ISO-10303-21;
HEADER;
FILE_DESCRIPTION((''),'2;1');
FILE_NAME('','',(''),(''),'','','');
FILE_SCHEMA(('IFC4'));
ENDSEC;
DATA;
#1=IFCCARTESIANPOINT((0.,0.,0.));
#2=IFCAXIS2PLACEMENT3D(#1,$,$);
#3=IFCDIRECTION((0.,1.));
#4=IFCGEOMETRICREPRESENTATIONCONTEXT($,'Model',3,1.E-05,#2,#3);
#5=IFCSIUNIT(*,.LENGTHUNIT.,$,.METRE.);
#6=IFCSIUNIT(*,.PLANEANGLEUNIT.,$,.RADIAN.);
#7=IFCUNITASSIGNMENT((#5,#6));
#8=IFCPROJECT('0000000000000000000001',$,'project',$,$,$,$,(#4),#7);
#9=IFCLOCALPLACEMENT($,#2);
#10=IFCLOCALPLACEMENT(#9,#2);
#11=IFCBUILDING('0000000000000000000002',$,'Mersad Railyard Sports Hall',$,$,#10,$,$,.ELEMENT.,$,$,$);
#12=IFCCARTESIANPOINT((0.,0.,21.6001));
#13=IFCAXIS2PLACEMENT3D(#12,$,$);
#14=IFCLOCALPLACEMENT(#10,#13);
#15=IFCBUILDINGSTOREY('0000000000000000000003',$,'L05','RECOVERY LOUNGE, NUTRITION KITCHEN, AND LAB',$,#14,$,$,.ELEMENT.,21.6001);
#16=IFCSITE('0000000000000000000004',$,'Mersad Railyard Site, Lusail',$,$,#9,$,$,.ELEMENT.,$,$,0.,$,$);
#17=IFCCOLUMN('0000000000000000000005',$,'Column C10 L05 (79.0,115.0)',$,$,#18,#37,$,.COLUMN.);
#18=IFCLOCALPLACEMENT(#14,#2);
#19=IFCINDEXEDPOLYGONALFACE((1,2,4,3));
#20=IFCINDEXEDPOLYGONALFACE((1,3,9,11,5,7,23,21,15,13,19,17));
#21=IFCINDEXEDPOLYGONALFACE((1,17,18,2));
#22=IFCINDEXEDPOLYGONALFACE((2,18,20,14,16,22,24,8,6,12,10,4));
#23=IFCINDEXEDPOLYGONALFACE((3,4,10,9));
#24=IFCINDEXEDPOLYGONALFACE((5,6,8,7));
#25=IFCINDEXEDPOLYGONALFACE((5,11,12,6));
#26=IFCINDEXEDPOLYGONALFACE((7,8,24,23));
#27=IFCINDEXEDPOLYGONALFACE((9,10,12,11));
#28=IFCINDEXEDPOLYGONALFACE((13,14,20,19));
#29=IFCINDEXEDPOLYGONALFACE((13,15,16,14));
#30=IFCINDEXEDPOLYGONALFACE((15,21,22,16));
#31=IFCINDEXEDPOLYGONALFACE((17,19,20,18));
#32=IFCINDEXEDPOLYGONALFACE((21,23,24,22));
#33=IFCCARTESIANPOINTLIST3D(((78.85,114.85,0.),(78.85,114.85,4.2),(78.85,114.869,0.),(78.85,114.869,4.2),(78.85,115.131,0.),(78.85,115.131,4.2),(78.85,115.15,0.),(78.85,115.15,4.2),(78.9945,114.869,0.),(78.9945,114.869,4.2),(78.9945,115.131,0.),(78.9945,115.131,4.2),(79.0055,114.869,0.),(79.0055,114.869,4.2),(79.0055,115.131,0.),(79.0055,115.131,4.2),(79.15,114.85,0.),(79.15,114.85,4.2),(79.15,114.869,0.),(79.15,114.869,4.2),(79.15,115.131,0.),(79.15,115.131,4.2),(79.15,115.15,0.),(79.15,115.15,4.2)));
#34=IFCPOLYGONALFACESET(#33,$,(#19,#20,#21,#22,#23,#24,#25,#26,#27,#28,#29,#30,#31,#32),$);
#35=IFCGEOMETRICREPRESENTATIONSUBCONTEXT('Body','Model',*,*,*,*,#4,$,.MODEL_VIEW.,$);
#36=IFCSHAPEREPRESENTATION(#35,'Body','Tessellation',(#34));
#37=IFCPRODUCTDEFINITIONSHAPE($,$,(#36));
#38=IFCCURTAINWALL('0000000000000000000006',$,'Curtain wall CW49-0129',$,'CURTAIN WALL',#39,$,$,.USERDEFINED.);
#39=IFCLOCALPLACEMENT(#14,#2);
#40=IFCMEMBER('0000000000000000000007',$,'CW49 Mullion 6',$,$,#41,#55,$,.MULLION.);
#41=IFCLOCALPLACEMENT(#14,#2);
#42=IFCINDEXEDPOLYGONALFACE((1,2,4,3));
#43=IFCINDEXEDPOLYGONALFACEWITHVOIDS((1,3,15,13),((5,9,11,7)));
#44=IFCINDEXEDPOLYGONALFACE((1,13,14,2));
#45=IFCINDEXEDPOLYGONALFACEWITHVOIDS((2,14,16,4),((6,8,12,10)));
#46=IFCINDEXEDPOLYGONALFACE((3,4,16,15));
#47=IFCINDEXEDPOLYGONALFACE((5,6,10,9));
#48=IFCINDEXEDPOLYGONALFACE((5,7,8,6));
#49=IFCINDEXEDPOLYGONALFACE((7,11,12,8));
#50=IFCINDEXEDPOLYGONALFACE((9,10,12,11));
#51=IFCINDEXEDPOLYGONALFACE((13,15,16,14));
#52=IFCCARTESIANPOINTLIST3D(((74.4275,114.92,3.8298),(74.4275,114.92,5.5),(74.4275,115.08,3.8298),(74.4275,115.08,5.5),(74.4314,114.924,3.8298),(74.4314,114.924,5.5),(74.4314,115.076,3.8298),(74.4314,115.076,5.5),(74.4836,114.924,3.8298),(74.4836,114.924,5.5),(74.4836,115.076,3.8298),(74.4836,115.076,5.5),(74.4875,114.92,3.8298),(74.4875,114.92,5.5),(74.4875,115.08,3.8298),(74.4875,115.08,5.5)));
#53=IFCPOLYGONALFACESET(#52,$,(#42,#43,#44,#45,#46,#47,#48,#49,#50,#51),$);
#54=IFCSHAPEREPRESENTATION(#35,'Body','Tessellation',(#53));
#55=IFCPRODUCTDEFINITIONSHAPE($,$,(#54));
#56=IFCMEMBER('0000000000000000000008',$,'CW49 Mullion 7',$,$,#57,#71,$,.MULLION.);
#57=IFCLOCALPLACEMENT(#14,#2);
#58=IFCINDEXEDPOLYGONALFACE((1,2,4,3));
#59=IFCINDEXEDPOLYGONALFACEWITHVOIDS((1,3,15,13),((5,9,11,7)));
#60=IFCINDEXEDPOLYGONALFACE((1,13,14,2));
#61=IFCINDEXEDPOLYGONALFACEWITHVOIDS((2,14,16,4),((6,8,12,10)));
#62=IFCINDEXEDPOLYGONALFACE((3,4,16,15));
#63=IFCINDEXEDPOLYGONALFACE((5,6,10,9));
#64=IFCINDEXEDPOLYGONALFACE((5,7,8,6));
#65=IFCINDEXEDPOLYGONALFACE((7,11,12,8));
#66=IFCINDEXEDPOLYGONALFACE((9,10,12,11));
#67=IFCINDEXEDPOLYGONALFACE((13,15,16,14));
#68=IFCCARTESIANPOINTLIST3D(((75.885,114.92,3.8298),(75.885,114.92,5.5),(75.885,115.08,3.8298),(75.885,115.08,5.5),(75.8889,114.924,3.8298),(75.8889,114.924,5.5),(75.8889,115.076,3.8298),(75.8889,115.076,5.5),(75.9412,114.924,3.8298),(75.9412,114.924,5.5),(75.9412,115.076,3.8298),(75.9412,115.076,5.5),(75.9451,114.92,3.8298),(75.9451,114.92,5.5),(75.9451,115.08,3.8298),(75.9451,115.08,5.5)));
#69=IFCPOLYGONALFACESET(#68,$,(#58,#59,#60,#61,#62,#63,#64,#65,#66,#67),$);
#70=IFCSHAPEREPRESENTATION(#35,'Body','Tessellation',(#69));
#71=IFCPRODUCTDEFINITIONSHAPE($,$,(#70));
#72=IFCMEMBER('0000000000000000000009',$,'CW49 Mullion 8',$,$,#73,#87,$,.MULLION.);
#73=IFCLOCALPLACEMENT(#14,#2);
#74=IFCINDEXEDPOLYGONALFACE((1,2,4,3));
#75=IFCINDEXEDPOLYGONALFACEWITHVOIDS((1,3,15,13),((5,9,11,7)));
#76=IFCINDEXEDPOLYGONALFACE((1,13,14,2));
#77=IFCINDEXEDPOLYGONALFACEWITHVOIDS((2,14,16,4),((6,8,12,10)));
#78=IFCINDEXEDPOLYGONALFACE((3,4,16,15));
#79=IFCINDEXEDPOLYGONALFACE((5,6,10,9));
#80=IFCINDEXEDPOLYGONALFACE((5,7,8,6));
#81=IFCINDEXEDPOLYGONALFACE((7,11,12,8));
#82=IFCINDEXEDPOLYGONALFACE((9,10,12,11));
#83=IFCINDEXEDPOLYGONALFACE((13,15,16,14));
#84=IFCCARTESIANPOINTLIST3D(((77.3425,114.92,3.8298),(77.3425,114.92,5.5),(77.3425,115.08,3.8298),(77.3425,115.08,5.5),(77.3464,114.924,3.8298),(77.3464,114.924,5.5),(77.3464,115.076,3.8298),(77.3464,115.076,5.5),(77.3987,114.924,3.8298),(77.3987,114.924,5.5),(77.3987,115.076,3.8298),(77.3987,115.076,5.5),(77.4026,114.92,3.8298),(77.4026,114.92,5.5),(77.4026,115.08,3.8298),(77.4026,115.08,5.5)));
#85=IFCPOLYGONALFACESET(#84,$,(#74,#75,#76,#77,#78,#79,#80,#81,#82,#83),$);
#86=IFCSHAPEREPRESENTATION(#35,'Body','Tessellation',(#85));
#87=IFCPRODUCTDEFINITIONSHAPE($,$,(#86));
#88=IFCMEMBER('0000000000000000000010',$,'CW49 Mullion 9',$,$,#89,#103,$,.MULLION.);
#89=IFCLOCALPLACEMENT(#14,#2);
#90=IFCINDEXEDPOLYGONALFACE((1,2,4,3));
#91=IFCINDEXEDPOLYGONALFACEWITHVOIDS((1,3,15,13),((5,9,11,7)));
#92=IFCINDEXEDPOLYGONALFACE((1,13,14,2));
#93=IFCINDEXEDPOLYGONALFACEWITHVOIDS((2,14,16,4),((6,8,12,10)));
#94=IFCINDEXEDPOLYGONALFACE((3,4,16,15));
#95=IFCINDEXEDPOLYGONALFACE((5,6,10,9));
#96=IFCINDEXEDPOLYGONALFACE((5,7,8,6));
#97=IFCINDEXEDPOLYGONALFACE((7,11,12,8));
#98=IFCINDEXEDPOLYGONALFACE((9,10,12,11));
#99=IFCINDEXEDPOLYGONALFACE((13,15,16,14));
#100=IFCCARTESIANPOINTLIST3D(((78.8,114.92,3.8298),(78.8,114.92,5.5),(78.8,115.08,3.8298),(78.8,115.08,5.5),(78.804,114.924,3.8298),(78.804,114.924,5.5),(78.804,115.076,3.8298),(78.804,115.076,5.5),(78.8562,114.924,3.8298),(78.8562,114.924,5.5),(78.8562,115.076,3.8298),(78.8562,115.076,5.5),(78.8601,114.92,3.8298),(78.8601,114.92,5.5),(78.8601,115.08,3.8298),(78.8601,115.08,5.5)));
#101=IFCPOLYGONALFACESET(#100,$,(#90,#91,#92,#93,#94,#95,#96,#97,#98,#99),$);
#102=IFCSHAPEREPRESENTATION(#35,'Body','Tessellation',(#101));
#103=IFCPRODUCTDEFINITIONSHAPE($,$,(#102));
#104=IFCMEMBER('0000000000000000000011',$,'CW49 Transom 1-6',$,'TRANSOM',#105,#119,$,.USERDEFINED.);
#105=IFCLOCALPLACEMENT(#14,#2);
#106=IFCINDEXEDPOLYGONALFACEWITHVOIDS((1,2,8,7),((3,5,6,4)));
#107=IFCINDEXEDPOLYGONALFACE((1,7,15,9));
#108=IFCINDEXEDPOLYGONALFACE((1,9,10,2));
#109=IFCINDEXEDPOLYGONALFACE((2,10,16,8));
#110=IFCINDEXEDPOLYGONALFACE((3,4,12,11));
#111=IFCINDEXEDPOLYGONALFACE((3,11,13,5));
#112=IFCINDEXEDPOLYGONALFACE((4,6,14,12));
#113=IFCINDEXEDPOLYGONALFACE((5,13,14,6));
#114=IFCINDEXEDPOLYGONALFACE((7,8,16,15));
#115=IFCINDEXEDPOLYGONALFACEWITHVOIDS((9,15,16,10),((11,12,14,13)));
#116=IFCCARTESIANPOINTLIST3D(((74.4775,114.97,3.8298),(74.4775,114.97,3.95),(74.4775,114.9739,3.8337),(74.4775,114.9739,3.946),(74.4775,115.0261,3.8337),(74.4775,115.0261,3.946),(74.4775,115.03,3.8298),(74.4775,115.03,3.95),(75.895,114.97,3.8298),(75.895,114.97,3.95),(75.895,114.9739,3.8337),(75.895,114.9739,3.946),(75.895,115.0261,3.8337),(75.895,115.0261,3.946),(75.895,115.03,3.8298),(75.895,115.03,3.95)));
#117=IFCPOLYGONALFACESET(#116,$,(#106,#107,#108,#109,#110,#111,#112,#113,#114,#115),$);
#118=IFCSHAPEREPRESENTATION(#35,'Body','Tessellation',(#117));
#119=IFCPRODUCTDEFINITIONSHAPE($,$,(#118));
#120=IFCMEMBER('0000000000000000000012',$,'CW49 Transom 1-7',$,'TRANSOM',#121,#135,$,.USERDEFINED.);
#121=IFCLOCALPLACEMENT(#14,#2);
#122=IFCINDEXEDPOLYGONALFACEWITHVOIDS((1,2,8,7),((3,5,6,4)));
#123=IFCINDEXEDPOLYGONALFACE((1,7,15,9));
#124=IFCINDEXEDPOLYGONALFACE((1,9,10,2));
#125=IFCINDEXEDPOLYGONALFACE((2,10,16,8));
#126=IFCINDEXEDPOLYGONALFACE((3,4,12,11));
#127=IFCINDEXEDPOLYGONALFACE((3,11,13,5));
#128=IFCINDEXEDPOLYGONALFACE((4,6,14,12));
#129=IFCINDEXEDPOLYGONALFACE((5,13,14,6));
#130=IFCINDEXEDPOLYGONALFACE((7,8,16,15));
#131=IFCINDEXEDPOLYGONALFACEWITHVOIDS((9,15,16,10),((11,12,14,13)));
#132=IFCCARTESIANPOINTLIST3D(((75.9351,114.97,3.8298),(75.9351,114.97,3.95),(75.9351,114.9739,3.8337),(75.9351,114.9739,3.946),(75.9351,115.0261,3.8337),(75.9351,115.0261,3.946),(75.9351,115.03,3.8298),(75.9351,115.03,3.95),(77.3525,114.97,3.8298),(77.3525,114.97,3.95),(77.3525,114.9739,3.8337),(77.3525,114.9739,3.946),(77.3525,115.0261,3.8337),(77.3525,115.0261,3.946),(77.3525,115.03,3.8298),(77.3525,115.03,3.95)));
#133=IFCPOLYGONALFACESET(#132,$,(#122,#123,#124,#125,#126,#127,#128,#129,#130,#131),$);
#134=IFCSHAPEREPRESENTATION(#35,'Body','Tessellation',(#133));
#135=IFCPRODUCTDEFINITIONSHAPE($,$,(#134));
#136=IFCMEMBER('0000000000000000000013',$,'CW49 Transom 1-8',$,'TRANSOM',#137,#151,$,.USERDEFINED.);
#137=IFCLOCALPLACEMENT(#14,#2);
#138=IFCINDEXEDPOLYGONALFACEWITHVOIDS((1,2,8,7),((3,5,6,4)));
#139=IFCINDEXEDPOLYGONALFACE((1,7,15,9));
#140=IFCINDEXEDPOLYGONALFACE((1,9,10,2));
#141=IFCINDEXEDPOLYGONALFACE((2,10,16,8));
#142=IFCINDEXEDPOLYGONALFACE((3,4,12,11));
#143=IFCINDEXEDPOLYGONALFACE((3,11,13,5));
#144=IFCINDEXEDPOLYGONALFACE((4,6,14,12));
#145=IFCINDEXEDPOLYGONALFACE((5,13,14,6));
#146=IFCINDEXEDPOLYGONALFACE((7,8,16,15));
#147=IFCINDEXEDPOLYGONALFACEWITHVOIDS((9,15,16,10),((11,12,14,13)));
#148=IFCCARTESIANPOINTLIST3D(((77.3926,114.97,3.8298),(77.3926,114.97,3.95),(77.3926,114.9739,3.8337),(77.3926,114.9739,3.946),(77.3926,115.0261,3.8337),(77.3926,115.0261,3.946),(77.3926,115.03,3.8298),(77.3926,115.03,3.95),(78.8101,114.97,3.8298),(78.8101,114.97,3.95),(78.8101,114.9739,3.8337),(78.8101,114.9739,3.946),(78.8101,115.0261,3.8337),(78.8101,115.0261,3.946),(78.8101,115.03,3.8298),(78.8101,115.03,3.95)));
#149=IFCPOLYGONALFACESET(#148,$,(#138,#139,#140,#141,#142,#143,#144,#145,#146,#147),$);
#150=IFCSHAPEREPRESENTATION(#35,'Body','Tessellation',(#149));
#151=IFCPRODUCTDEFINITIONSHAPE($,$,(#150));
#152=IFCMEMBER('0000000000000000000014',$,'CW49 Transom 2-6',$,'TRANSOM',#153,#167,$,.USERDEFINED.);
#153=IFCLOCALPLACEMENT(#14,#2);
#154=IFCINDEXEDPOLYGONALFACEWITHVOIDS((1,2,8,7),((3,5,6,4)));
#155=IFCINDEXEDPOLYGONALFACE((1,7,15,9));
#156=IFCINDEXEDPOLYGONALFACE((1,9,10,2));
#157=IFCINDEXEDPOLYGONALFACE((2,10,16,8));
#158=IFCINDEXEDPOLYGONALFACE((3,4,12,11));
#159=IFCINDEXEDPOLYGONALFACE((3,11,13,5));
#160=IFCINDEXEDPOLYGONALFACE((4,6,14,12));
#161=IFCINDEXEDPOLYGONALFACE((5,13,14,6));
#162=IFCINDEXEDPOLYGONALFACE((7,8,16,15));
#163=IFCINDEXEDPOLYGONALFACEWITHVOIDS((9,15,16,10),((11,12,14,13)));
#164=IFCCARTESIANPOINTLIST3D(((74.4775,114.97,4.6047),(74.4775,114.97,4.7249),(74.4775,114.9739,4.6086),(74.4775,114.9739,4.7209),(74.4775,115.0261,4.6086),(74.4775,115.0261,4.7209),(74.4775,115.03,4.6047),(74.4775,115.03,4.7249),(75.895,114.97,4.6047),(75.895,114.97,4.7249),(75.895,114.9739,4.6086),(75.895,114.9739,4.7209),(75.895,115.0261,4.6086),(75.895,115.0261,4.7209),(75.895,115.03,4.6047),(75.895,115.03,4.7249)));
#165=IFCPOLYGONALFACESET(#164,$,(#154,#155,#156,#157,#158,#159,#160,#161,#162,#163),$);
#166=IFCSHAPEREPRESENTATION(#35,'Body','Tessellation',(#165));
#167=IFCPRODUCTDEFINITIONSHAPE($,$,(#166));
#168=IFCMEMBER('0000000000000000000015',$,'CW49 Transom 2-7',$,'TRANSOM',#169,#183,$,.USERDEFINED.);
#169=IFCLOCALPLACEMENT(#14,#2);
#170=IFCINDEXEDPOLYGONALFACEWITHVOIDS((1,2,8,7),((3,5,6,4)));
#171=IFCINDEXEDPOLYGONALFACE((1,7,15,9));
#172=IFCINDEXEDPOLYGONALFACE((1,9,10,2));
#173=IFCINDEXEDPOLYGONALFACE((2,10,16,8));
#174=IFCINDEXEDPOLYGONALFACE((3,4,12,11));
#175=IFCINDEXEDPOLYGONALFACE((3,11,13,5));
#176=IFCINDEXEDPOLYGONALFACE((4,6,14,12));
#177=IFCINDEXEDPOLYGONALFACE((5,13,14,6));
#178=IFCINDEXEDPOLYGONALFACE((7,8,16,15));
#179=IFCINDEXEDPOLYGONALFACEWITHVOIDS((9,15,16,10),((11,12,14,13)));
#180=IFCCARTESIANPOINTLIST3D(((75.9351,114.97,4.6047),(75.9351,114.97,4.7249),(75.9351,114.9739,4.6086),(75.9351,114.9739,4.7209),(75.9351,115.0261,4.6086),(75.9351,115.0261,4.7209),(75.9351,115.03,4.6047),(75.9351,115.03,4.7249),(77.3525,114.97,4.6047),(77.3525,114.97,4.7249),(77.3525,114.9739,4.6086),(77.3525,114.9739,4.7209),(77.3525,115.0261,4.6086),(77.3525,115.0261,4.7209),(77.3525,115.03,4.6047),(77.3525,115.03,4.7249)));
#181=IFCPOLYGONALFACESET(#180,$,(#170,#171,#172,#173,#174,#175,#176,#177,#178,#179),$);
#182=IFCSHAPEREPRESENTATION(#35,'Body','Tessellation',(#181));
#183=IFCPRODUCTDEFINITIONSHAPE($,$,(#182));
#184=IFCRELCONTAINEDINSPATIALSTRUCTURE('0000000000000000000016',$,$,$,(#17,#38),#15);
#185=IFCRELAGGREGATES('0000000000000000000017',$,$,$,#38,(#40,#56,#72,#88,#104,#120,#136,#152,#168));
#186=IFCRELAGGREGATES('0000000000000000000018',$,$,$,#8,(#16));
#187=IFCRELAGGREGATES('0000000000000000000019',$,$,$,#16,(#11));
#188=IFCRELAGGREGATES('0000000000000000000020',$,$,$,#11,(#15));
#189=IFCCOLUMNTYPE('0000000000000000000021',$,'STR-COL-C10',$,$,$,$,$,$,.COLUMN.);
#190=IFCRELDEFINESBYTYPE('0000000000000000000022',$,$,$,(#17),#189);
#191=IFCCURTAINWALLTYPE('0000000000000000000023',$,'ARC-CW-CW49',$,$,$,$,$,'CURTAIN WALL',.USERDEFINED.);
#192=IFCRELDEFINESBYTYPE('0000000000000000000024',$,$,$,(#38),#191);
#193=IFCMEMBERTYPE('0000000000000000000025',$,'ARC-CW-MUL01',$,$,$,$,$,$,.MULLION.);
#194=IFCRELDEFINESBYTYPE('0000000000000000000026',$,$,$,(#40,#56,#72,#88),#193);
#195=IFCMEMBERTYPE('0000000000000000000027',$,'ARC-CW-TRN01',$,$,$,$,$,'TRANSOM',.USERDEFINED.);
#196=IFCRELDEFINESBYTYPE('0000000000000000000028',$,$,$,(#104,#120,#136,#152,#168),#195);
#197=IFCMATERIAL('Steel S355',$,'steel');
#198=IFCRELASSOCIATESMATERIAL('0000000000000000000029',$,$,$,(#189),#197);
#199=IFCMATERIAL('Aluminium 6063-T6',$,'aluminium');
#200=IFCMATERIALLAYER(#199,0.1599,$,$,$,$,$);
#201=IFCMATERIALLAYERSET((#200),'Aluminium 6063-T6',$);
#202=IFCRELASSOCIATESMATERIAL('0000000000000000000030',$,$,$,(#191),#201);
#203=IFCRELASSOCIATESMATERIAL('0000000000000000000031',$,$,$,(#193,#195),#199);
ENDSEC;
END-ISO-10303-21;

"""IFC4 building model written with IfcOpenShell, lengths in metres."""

from ifc_helpers import new_model, si_unit, direction, frame, origin, origin_2d, place, context, subcontext, project, spatial, hollow_rectangle, i_section, extrude, material, layer, layer_set, material_profile, profile_set, type_object, element, aggregate, save


model = new_model("IFC4")

# Units and contexts
model_context = context("Model", 3, precision=1e-05, world=origin(), true_north=direction((0.0, 1.0)))
body_context = subcontext(model_context, "Body", "Model", "MODEL_VIEW")
ifc_project = project(units=[si_unit("LENGTHUNIT", "METRE"), si_unit("PLANEANGLEUNIT", "RADIAN")], contexts=[model_context])

# Site, building, storey
site_placement = place(None, origin())
site = spatial("IfcSite", under=ifc_project, at=site_placement, Name="Mersad Railyard Site, Lusail", CompositionType="ELEMENT", RefElevation=0.0)
building_placement = place(site_placement, origin())
building = spatial("IfcBuilding", under=site, at=building_placement, Name="Mersad Railyard Sports Hall", CompositionType="ELEMENT")
storey_placement = place(building_placement, frame((0.0, 0.0, 21.6001)))
storey = spatial("IfcBuildingStorey", under=building, at=storey_placement, Name="L05", Description="RECOVERY LOUNGE, NUTRITION KITCHEN, AND LAB", CompositionType="ELEMENT", Elevation=21.6001)

# Column
ifc_material_1 = material(Name="Steel S355", Category="steel")
ifc_material_profile_1 = material_profile(ifc_material_1, i_section(OverallWidth=0.3, OverallDepth=0.3, WebThickness=0.011, FlangeThickness=0.019, at=origin_2d()), Name="HEB 300")
ifc_profile_set_1 = profile_set([ifc_material_profile_1], Name="Steel S355")
column_type = type_object("IfcColumnType", Name="STR-COL-C10", PredefinedType="COLUMN", material=ifc_profile_set_1)
column_placement = place(storey_placement, frame((79.0, 115.0, 0.0), z_axis=(0.0, 0.0, 1.0), x_axis=(1.0, 0.0, 0.0)))
element("IfcColumn", 1, at=column_placement, inside=storey, type_object=column_type, Name="Column C10 L05 (79.0,115.0)", PredefinedType="COLUMN", context=body_context, shape_type="SweptSolid", body=[
    extrude(i_section(OverallWidth=0.3, OverallDepth=0.3, WebThickness=0.011, FlangeThickness=0.019, at=origin_2d()), origin(), (0.0, 0.0, 1.0), 4.2),
])

# Curtain wall, members
ifc_material_2 = material(Name="Aluminium 6063-T6", Category="aluminium")
ifc_layer_1 = layer(ifc_material_2, 0.1599)
ifc_layer_set_1 = layer_set([ifc_layer_1], Name="Aluminium 6063-T6")
curtain_wall_type = type_object("IfcCurtainWallType", Name="ARC-CW-CW49", ElementType="CURTAIN WALL", PredefinedType="USERDEFINED", material=ifc_layer_set_1)
curtain_wall_placement = place(storey_placement, origin())
curtain_wall = element("IfcCurtainWall", 2, at=curtain_wall_placement, inside=storey, type_object=curtain_wall_type, Name="Curtain wall CW49-0129", ObjectType="CURTAIN WALL", PredefinedType="USERDEFINED")
ifc_material_profile_2 = material_profile(ifc_material_2, hollow_rectangle(XDim=0.0601, YDim=0.1599, WallThickness=0.0039, at=origin_2d()), Name="AL MULLION 60x160x4")
ifc_profile_set_2 = profile_set([ifc_material_profile_2], Name="Aluminium 6063-T6")
member_type_1 = type_object("IfcMemberType", Name="ARC-CW-MUL01", PredefinedType="MULLION", material=ifc_profile_set_2)
member_1_placement = place(storey_placement, frame((74.4575, 115.0, 3.8298), z_axis=(0.0, 0.0, 1.0), x_axis=(1.0, 0.0, 0.0)))
member_1 = element("IfcMember", 3, at=member_1_placement, type_object=member_type_1, Name="CW49 Mullion 6", PredefinedType="MULLION", context=body_context, shape_type="SweptSolid", body=[
    extrude(hollow_rectangle(XDim=0.0601, YDim=0.1599, WallThickness=0.0039, at=origin_2d()), origin(), (0.0, 0.0, 1.0), 1.6702),
])
member_2_placement = place(storey_placement, frame((75.915, 115.0, 3.8298), z_axis=(0.0, 0.0, 1.0), x_axis=(1.0, 0.0, 0.0)))
member_2 = element("IfcMember", 4, at=member_2_placement, type_object=member_type_1, Name="CW49 Mullion 7", PredefinedType="MULLION", context=body_context, shape_type="SweptSolid", body=[
    extrude(hollow_rectangle(XDim=0.0601, YDim=0.1599, WallThickness=0.0039, at=origin_2d()), origin(), (0.0, 0.0, 1.0), 1.6702),
])
member_3_placement = place(storey_placement, frame((77.3726, 115.0, 3.8298), z_axis=(0.0, 0.0, 1.0), x_axis=(1.0, 0.0, 0.0)))
member_3 = element("IfcMember", 5, at=member_3_placement, type_object=member_type_1, Name="CW49 Mullion 8", PredefinedType="MULLION", context=body_context, shape_type="SweptSolid", body=[
    extrude(hollow_rectangle(XDim=0.0601, YDim=0.1599, WallThickness=0.0039, at=origin_2d()), origin(), (0.0, 0.0, 1.0), 1.6702),
])
member_4_placement = place(storey_placement, frame((78.8301, 115.0, 3.8298), z_axis=(0.0, 0.0, 1.0), x_axis=(1.0, 0.0, 0.0)))
member_4 = element("IfcMember", 6, at=member_4_placement, type_object=member_type_1, Name="CW49 Mullion 9", PredefinedType="MULLION", context=body_context, shape_type="SweptSolid", body=[
    extrude(hollow_rectangle(XDim=0.0601, YDim=0.1599, WallThickness=0.0039, at=origin_2d()), origin(), (0.0, 0.0, 1.0), 1.6702),
])
ifc_material_profile_3 = material_profile(ifc_material_2, hollow_rectangle(XDim=0.0601, YDim=0.1201, WallThickness=0.0039, at=origin_2d()), Name="AL TRANSOM 60x120x4")
ifc_profile_set_3 = profile_set([ifc_material_profile_3], Name="Aluminium 6063-T6")
member_type_2 = type_object("IfcMemberType", Name="ARC-CW-TRN01", ElementType="TRANSOM", PredefinedType="USERDEFINED", material=ifc_profile_set_3)
member_5_placement = place(storey_placement, frame((74.4775, 115.0, 3.8899), z_axis=(1.0, 0.0, 0.0), x_axis=(0.0, 1.0, 0.0)))
member_5 = element("IfcMember", 7, at=member_5_placement, type_object=member_type_2, Name="CW49 Transom 1-6", ObjectType="TRANSOM", PredefinedType="USERDEFINED", context=body_context, shape_type="SweptSolid", body=[
    extrude(hollow_rectangle(XDim=0.0601, YDim=0.1201, WallThickness=0.0039, at=origin_2d()), origin(), (0.0, 0.0, 1.0), 1.4175),
])
member_6_placement = place(storey_placement, frame((75.9351, 115.0, 3.8899), z_axis=(1.0, 0.0, 0.0), x_axis=(0.0, 1.0, 0.0)))
member_6 = element("IfcMember", 8, at=member_6_placement, type_object=member_type_2, Name="CW49 Transom 1-7", ObjectType="TRANSOM", PredefinedType="USERDEFINED", context=body_context, shape_type="SweptSolid", body=[
    extrude(hollow_rectangle(XDim=0.0601, YDim=0.1201, WallThickness=0.0039, at=origin_2d()), origin(), (0.0, 0.0, 1.0), 1.4175),
])
member_7_placement = place(storey_placement, frame((77.3926, 115.0, 3.8899), z_axis=(1.0, 0.0, 0.0), x_axis=(0.0, 1.0, 0.0)))
member_7 = element("IfcMember", 9, at=member_7_placement, type_object=member_type_2, Name="CW49 Transom 1-8", ObjectType="TRANSOM", PredefinedType="USERDEFINED", context=body_context, shape_type="SweptSolid", body=[
    extrude(hollow_rectangle(XDim=0.0601, YDim=0.1201, WallThickness=0.0039, at=origin_2d()), origin(), (0.0, 0.0, 1.0), 1.4175),
])
member_8_placement = place(storey_placement, frame((74.4775, 115.0, 4.6648), z_axis=(1.0, 0.0, 0.0), x_axis=(0.0, 1.0, 0.0)))
member_8 = element("IfcMember", 10, at=member_8_placement, type_object=member_type_2, Name="CW49 Transom 2-6", ObjectType="TRANSOM", PredefinedType="USERDEFINED", context=body_context, shape_type="SweptSolid", body=[
    extrude(hollow_rectangle(XDim=0.0601, YDim=0.1201, WallThickness=0.0039, at=origin_2d()), origin(), (0.0, 0.0, 1.0), 1.4175),
])
member_9_placement = place(storey_placement, frame((75.9351, 115.0, 4.6648), z_axis=(1.0, 0.0, 0.0), x_axis=(0.0, 1.0, 0.0)))
member_9 = element("IfcMember", 11, at=member_9_placement, type_object=member_type_2, Name="CW49 Transom 2-7", ObjectType="TRANSOM", PredefinedType="USERDEFINED", context=body_context, shape_type="SweptSolid", body=[
    extrude(hollow_rectangle(XDim=0.0601, YDim=0.1201, WallThickness=0.0039, at=origin_2d()), origin(), (0.0, 0.0, 1.0), 1.4175),
])
aggregate(curtain_wall, [member_1, member_2, member_3, member_4, member_5, member_6, member_7, member_8, member_9])

save(model, "model.ifc")
